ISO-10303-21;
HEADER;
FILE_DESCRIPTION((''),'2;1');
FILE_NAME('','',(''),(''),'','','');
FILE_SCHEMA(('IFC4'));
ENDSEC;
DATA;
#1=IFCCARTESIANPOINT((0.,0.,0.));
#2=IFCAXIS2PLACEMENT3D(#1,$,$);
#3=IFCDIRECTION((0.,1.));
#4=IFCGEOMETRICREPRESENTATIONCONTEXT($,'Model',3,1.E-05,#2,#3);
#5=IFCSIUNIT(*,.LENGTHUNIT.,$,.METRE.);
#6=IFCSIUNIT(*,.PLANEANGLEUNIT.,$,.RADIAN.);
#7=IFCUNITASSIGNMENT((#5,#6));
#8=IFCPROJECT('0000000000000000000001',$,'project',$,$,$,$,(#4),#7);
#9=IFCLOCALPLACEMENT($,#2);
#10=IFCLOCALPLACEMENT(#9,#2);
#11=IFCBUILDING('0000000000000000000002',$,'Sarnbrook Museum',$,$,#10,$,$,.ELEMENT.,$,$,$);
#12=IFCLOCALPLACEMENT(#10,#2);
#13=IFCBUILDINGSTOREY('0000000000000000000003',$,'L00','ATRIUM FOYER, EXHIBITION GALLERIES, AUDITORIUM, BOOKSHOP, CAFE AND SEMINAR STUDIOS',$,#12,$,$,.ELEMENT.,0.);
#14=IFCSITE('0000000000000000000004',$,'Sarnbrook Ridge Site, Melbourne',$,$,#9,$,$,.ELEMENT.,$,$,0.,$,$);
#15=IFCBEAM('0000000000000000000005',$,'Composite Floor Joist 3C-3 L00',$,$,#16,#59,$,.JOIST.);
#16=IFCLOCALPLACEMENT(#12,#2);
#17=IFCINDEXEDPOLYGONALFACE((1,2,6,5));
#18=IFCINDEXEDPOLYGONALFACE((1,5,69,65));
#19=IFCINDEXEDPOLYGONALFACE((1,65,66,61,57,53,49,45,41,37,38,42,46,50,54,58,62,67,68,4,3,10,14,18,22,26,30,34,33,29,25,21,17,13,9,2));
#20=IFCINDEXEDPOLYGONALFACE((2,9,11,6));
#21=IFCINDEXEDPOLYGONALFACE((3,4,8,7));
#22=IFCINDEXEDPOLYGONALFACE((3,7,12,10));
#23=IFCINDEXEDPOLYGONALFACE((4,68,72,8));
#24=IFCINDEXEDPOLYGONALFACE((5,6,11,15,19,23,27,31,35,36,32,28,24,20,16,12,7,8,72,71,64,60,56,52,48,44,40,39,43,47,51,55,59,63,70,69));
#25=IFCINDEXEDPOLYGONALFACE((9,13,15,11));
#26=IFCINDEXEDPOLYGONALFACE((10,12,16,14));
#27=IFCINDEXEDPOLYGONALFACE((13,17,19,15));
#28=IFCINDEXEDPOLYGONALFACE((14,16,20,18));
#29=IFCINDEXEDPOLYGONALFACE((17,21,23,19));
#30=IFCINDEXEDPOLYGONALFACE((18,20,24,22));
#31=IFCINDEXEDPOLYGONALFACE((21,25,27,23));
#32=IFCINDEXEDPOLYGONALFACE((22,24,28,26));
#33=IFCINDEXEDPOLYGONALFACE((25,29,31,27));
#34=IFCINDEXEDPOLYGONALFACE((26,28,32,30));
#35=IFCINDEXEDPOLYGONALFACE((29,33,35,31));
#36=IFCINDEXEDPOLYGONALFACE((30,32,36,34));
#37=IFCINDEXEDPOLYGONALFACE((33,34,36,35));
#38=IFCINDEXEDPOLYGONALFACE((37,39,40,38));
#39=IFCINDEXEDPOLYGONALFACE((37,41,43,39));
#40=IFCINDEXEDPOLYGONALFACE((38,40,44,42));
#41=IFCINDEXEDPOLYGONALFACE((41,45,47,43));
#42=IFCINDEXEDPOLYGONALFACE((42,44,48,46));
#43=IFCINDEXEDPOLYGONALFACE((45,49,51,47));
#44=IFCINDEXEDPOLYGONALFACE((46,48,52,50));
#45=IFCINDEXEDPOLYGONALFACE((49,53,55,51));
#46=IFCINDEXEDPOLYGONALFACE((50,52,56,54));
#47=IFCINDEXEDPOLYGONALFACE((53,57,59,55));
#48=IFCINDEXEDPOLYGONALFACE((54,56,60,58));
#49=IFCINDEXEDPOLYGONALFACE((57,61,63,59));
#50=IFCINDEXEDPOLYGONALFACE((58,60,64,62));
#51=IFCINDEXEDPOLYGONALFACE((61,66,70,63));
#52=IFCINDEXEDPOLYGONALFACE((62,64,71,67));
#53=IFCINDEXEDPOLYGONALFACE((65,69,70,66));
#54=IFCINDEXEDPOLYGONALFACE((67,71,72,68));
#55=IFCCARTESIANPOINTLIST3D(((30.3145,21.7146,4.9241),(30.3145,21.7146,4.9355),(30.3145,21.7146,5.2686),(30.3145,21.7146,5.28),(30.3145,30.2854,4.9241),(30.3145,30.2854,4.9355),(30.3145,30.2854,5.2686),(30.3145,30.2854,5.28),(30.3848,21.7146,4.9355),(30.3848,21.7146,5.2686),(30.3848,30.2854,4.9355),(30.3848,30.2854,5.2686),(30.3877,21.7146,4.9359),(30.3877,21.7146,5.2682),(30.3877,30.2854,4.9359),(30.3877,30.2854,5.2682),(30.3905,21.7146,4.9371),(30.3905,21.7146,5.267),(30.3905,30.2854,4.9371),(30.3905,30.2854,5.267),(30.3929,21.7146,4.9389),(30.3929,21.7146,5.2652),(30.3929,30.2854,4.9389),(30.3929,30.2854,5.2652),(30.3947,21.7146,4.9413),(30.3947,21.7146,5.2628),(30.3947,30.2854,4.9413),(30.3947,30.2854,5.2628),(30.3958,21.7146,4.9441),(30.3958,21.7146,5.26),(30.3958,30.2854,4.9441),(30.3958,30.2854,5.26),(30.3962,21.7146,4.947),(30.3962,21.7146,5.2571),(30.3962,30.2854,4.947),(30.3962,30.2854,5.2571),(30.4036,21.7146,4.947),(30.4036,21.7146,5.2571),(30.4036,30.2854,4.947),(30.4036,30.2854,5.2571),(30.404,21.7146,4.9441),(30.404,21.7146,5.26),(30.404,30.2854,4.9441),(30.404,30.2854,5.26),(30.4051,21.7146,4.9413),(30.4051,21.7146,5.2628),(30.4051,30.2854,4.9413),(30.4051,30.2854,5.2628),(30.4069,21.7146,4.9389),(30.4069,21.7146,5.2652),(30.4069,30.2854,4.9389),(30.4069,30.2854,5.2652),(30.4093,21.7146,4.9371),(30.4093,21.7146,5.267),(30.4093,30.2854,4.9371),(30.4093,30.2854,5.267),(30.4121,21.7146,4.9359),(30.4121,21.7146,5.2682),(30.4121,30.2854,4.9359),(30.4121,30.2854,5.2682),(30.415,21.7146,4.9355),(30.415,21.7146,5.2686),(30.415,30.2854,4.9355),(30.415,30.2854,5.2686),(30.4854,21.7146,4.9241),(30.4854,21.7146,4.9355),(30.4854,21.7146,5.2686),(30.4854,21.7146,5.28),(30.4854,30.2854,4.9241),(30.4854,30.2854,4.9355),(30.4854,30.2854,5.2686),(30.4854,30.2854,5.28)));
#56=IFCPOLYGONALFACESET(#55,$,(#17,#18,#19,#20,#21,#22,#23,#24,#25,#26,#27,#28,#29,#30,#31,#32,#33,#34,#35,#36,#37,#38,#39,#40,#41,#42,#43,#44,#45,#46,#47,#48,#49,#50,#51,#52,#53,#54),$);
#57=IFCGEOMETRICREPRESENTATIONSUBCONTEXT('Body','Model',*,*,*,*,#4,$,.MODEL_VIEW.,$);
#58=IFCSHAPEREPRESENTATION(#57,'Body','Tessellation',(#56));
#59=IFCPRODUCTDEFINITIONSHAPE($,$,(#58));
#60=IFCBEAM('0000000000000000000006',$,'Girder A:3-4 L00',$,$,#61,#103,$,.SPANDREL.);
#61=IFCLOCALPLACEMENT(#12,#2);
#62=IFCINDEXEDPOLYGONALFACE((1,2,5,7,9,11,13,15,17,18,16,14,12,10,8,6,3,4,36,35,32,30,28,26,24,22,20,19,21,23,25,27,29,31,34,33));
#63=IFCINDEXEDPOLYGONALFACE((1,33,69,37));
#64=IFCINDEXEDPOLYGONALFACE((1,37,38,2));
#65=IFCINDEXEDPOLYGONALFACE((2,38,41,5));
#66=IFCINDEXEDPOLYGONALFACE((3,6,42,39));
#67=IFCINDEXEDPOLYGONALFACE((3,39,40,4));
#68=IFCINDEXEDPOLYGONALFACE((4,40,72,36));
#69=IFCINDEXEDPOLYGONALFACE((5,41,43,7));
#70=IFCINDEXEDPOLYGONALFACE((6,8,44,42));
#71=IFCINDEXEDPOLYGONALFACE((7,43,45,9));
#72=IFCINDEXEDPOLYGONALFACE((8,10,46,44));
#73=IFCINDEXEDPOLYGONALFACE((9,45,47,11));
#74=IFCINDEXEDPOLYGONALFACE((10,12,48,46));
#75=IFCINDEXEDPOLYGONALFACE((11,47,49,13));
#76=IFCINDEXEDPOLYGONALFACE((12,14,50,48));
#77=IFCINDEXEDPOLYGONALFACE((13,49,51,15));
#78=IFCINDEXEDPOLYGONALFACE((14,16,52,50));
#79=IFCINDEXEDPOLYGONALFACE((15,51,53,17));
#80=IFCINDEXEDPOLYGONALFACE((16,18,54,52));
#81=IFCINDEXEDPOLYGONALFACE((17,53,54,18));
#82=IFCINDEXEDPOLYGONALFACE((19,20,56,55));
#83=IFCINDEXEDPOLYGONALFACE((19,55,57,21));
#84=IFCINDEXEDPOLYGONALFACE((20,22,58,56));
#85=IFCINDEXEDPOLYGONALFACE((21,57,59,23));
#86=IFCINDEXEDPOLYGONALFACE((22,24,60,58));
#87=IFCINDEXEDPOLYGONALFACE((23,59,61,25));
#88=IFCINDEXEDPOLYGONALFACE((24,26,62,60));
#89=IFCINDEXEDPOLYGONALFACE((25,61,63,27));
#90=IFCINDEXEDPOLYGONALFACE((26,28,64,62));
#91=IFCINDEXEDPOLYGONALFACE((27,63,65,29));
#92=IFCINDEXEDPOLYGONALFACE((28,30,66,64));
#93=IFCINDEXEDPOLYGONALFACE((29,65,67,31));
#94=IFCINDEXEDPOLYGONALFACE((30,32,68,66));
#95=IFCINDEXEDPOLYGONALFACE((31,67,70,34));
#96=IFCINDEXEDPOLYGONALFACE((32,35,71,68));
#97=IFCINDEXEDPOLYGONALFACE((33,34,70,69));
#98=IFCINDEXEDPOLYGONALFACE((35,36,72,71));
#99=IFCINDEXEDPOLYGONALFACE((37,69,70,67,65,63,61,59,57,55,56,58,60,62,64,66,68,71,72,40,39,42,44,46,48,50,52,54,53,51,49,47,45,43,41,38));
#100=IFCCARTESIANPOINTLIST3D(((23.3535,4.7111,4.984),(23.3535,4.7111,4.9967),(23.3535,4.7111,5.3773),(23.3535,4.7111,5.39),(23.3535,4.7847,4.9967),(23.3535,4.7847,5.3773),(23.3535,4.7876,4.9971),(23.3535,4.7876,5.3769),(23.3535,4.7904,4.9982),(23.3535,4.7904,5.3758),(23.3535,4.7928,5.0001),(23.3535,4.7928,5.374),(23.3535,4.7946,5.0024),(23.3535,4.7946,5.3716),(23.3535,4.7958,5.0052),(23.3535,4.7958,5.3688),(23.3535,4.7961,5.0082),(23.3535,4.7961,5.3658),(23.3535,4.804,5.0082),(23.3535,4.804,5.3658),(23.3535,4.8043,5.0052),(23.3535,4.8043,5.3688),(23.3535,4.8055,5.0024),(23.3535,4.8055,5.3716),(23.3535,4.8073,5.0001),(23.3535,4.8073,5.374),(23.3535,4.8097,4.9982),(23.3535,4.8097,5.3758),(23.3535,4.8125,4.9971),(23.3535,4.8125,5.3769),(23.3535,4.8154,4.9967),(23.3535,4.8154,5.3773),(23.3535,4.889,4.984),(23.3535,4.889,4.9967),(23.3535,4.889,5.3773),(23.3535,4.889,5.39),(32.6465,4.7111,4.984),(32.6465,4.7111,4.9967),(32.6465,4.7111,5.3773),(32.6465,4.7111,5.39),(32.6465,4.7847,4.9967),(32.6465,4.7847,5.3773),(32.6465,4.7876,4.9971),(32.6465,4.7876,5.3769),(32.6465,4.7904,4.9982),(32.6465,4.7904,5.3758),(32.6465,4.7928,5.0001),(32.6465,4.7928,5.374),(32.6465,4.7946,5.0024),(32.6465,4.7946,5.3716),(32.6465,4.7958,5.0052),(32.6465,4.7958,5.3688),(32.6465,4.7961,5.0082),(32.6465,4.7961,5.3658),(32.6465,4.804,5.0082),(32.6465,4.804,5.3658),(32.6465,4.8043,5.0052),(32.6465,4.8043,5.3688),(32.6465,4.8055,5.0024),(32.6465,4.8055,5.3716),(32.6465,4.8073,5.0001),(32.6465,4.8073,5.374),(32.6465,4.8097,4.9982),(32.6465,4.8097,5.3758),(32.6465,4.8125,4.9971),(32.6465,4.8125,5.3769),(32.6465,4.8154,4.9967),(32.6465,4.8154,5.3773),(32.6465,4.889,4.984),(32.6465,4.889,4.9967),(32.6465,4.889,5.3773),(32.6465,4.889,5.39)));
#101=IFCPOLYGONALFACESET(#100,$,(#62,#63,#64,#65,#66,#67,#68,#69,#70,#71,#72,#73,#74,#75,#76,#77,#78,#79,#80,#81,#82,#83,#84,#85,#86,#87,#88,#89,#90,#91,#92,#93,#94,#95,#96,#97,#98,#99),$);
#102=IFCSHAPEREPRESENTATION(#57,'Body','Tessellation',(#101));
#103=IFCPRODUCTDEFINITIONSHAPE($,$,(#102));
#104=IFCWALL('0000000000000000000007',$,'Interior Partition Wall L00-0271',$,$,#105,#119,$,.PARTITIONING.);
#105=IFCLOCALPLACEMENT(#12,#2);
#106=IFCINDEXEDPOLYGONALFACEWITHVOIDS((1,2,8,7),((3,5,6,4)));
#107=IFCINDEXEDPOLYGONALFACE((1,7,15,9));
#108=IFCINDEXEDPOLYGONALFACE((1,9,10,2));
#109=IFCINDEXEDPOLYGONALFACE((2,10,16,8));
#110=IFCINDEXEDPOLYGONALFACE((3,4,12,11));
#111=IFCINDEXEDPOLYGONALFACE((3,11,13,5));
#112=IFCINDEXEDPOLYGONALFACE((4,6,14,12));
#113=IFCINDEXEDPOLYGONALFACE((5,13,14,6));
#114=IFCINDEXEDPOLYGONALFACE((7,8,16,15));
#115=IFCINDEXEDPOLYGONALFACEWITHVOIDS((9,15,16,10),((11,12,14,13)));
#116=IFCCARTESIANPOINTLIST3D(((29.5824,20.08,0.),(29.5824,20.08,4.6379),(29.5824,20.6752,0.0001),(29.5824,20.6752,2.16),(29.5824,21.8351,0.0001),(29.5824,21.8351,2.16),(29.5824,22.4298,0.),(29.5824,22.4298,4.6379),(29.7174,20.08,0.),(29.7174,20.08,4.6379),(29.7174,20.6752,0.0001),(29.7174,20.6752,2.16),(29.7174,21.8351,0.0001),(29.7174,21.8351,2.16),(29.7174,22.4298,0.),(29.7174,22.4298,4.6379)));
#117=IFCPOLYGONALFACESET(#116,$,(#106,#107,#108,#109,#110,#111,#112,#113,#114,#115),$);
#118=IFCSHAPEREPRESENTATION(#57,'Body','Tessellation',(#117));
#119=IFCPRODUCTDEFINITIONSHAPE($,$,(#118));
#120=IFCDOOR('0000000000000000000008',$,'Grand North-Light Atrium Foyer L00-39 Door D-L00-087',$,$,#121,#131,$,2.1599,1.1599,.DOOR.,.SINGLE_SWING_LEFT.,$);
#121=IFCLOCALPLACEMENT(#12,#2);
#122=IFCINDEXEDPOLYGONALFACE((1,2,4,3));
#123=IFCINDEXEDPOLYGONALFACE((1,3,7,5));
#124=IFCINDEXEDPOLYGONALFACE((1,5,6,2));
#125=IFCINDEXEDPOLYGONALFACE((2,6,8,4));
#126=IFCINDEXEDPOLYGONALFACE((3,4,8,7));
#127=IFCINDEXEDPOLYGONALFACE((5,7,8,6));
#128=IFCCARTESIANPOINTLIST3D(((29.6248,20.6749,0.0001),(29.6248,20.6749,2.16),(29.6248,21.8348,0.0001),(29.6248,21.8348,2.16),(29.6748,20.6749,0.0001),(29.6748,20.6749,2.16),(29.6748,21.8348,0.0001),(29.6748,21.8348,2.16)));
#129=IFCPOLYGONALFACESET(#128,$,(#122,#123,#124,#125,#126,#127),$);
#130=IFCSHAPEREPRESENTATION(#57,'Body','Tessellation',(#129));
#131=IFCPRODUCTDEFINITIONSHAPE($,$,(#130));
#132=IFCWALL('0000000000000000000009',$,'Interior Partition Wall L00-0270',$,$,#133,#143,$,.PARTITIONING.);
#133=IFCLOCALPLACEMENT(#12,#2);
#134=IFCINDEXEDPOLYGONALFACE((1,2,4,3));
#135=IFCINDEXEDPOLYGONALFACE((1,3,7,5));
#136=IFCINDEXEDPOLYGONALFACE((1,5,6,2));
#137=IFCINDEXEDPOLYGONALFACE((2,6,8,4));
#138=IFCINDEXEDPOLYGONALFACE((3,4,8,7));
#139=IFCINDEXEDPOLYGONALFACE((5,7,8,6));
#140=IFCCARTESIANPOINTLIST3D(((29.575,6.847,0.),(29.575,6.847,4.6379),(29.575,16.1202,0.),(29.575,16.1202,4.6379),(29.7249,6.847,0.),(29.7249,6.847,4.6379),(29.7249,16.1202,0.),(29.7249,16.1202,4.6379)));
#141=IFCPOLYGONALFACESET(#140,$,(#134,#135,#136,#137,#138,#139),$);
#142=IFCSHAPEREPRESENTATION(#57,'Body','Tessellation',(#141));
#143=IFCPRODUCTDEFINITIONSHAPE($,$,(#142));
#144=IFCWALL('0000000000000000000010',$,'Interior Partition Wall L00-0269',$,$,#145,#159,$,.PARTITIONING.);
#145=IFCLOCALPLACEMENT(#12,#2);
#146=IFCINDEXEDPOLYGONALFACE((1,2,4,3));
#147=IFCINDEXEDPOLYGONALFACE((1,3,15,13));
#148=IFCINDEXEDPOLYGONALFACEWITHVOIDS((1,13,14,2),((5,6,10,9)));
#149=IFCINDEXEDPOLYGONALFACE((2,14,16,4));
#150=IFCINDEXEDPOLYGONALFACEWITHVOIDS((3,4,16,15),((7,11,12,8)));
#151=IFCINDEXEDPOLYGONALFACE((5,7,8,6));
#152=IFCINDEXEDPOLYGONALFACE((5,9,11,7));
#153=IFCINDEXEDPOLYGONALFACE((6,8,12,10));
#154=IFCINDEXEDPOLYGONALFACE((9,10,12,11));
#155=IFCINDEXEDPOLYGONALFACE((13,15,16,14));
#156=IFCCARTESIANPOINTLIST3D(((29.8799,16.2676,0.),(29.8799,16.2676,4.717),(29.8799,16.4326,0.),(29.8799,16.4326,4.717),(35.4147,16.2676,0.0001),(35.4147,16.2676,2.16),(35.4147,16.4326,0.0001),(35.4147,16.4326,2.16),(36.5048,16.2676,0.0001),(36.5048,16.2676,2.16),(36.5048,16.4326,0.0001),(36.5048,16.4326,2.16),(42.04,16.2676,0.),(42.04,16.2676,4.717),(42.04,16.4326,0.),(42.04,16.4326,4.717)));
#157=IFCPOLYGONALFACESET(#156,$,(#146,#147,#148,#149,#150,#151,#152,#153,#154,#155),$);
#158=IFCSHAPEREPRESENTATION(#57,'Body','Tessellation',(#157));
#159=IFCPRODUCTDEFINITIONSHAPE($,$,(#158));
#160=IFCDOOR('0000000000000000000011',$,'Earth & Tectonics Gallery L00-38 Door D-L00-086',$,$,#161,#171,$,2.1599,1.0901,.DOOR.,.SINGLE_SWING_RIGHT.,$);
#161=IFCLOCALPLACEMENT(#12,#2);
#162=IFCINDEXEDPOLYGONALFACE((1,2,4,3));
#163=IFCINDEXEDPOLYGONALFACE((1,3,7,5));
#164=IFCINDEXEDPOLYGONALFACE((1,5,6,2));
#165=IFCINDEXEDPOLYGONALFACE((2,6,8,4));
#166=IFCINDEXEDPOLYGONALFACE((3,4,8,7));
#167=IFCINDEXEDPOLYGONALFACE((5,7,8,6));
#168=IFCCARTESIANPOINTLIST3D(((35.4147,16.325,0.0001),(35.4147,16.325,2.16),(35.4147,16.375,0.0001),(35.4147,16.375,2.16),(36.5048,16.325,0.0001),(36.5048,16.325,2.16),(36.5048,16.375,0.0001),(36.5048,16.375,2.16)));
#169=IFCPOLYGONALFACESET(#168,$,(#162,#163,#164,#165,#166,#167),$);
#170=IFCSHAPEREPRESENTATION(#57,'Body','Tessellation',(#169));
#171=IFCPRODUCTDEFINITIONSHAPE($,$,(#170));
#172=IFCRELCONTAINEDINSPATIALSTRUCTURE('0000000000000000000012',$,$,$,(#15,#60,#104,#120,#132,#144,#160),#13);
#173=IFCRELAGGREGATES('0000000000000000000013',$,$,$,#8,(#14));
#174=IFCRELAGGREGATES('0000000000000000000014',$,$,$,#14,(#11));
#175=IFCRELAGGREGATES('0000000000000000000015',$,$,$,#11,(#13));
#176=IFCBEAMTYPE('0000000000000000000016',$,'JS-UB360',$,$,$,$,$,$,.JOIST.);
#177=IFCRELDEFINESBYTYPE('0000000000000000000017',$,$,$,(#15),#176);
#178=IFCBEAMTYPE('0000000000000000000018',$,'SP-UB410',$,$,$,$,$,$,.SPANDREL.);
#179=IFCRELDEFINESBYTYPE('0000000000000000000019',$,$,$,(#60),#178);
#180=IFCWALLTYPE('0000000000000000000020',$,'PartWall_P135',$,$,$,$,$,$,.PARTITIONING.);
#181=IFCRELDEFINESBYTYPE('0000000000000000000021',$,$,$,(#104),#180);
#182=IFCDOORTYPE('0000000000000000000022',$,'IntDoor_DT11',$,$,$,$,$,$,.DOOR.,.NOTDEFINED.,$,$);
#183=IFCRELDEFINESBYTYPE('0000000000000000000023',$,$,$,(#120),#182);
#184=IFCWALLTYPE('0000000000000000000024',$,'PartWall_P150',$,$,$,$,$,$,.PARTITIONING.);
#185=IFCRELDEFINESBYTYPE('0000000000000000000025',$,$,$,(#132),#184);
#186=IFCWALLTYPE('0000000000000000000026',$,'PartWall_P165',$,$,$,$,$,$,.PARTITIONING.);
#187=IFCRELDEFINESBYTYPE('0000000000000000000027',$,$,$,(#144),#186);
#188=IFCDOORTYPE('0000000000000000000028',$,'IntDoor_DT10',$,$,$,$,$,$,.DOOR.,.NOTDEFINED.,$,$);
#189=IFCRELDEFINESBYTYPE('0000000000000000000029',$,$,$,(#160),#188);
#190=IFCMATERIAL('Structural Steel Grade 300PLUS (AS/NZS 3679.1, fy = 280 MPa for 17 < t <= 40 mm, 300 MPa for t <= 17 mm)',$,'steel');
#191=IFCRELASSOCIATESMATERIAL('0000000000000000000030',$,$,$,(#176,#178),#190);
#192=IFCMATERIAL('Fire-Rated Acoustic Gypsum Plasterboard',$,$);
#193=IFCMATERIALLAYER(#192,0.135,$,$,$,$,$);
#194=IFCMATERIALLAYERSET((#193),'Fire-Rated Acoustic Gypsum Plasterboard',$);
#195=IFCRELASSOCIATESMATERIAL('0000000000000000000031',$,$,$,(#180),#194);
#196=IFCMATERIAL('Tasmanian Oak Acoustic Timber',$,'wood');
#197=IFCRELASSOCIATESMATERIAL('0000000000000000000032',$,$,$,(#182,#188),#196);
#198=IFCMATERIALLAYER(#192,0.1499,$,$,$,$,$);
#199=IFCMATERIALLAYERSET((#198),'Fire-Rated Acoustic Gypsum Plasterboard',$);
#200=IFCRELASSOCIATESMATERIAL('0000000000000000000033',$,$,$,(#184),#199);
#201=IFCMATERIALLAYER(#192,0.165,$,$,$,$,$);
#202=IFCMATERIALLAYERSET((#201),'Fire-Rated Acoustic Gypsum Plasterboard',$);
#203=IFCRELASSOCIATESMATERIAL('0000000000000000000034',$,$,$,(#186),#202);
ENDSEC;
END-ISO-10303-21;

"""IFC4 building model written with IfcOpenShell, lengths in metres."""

from ifc_helpers import new_model, si_unit, direction, frame, frame_2d, origin, origin_2d, place, context, subcontext, project, spatial, rectangle, i_section, extrude, material, layer, layer_set, material_profile, profile_set, type_object, element, fill, save


model = new_model("IFC4")

# Units and contexts
model_context = context("Model", 3, precision=1e-05, world=origin(), true_north=direction((0.0, 1.0)))
body_context = subcontext(model_context, "Body", "Model", "MODEL_VIEW")
ifc_project = project(units=[si_unit("LENGTHUNIT", "METRE"), si_unit("PLANEANGLEUNIT", "RADIAN")], contexts=[model_context])

# Site, building, storey
site_placement = place(None, origin())
site = spatial("IfcSite", under=ifc_project, at=site_placement, Name="Sarnbrook Ridge Site, Melbourne", CompositionType="ELEMENT", RefElevation=0.0)
building_placement = place(site_placement, origin())
building = spatial("IfcBuilding", under=site, at=building_placement, Name="Sarnbrook Museum", CompositionType="ELEMENT")
storey_placement = place(building_placement, origin())
storey = spatial("IfcBuildingStorey", under=building, at=storey_placement, Name="L00", Description="ATRIUM FOYER, EXHIBITION GALLERIES, AUDITORIUM, BOOKSHOP, CAFE AND SEMINAR STUDIOS", CompositionType="ELEMENT", Elevation=0.0)

# Shared definitions
ifc_material_1 = material(Name="Structural Steel Grade 300PLUS (AS/NZS 3679.1, fy = 280 MPa for 17 < t <= 40 mm, 300 MPa for t <= 17 mm)", Category="steel")

# Beams
ifc_material_profile_1 = material_profile(ifc_material_1, i_section(OverallWidth=0.1709, OverallDepth=0.356, WebThickness=0.0073, FlangeThickness=0.0115, FilletRadius=0.0115, at=origin_2d()), Name="360UB50.7")
ifc_profile_set_1 = profile_set([ifc_material_profile_1], Name="Structural Steel Grade 300PLUS (AS/NZS 3679.1, fy = 280 MPa for 17 < t <= 40 mm, 300 MPa for t <= 17 mm)")
beam_type_1 = type_object("IfcBeamType", Name="JS-UB360", PredefinedType="JOIST", material=ifc_profile_set_1)
for number, where, z_axis, x_axis, name in (
    (1, (30.3999, 21.7146, 5.1021), (0.0, 1.0, 0.0), (-1.0, 0.0, 0.0), "Composite Floor Joist 3C-3 L00"),
):
    element("IfcBeam", number, at=place(storey_placement, frame(where, z_axis=z_axis, x_axis=x_axis)), inside=storey, type_object=beam_type_1, Name=name, PredefinedType="JOIST", context=body_context, shape_type="SweptSolid", body=[
        extrude(i_section(OverallWidth=0.1709, OverallDepth=0.356, WebThickness=0.0073, FlangeThickness=0.0115, FilletRadius=0.0115, at=origin_2d()), origin(), (0.0, 0.0, 1.0), 8.5708),
    ])
ifc_material_profile_2 = material_profile(ifc_material_1, i_section(OverallWidth=0.178, OverallDepth=0.406, WebThickness=0.0078, FlangeThickness=0.0127, FilletRadius=0.0115, at=origin_2d()), Name="410UB59.7")
ifc_profile_set_2 = profile_set([ifc_material_profile_2], Name="Structural Steel Grade 300PLUS (AS/NZS 3679.1, fy = 280 MPa for 17 < t <= 40 mm, 300 MPa for t <= 17 mm)")
beam_type_2 = type_object("IfcBeamType", Name="SP-UB410", PredefinedType="SPANDREL", material=ifc_profile_set_2)
beam_1_placement = place(storey_placement, frame((23.3535, 4.8, 5.187), z_axis=(1.0, 0.0, 0.0), x_axis=(0.0, 1.0, 0.0)))
element("IfcBeam", 2, at=beam_1_placement, inside=storey, type_object=beam_type_2, Name="Girder A:3-4 L00", PredefinedType="SPANDREL", context=body_context, shape_type="SweptSolid", body=[
    extrude(i_section(OverallWidth=0.178, OverallDepth=0.406, WebThickness=0.0078, FlangeThickness=0.0127, FilletRadius=0.0115, at=origin_2d()), origin(), (0.0, 0.0, 1.0), 9.293),
])

# Wall, opening, door
ifc_material_2 = material(Name="Fire-Rated Acoustic Gypsum Plasterboard")
ifc_layer_1 = layer(ifc_material_2, 0.135)
ifc_layer_set_1 = layer_set([ifc_layer_1], Name="Fire-Rated Acoustic Gypsum Plasterboard")
wall_type_1 = type_object("IfcWallType", Name="PartWall_P135", PredefinedType="PARTITIONING", material=ifc_layer_set_1)
wall_1_placement = place(storey_placement, frame((29.6499, 20.0801, 0.0), z_axis=(0.0, 0.0, 1.0), x_axis=(0.0, 1.0, 0.0)))
wall_1 = element("IfcWall", 3, at=wall_1_placement, inside=storey, type_object=wall_type_1, Name="Interior Partition Wall L00-0271", PredefinedType="PARTITIONING", context=body_context, shape_type="SweptSolid", body=[
    extrude(rectangle(XDim=2.3499, YDim=0.135, at=frame_2d((1.1748, 0.0))), origin(), (0.0, 0.0, 1.0), 4.6379),
])
opening_1_placement = place(wall_1_placement, frame((0.595, 0.0, 0.0)))
opening_1 = element("IfcOpeningElement", 4, at=opening_1_placement, cuts=wall_1, PredefinedType="OPENING", context=body_context, shape_type="SweptSolid", body=[
    extrude(rectangle(XDim=1.1599, YDim=2.1599, at=frame_2d((0.5801, 1.0801))), frame((0.0, 0.0776, 0.0), z_axis=(0.0, -1.0, 0.0), x_axis=(1.0, 0.0, 0.0)), (0.0, 0.0, 1.0), 0.155),
])
ifc_material_3 = material(Name="Tasmanian Oak Acoustic Timber", Category="wood")
door_type_1 = type_object("IfcDoorType", Name="IntDoor_DT11", OperationType="NOTDEFINED", PredefinedType="DOOR", material=ifc_material_3)
door_1_placement = place(opening_1_placement, frame((1.1599, 0.0, 0.0), z_axis=(0.0, 0.0, 1.0), x_axis=(-1.0, 0.0, 0.0)))
door_1 = element("IfcDoor", 5, at=door_1_placement, inside=storey, type_object=door_type_1, Name="Grand North-Light Atrium Foyer L00-39 Door D-L00-087", OperationType="SINGLE_SWING_LEFT", OverallHeight=2.1599, OverallWidth=1.1599, PredefinedType="DOOR", context=body_context, shape_type="SweptSolid", body=[
    extrude(rectangle(XDim=1.1599, YDim=2.1599, at=frame_2d((0.5801, 1.0801))), frame((0.0, 0.0249, 0.0), z_axis=(0.0, -1.0, 0.0), x_axis=(1.0, 0.0, 0.0)), (0.0, 0.0, 1.0), 0.05),
])
fill(opening_1, door_1)

# Wall
ifc_layer_2 = layer(ifc_material_2, 0.1499)
ifc_layer_set_2 = layer_set([ifc_layer_2], Name="Fire-Rated Acoustic Gypsum Plasterboard")
wall_type_2 = type_object("IfcWallType", Name="PartWall_P150", PredefinedType="PARTITIONING", material=ifc_layer_set_2)
wall_2_placement = place(storey_placement, frame((29.6499, 6.8469, 0.0), z_axis=(0.0, 0.0, 1.0), x_axis=(0.0, 1.0, 0.0)))
element("IfcWall", 6, at=wall_2_placement, inside=storey, type_object=wall_type_2, Name="Interior Partition Wall L00-0270", PredefinedType="PARTITIONING", context=body_context, shape_type="SweptSolid", body=[
    extrude(rectangle(XDim=9.2732, YDim=0.1499, at=frame_2d((4.6367, 0.0))), origin(), (0.0, 0.0, 1.0), 4.6379),
])

# Wall, opening, door
ifc_layer_3 = layer(ifc_material_2, 0.165)
ifc_layer_set_3 = layer_set([ifc_layer_3], Name="Fire-Rated Acoustic Gypsum Plasterboard")
wall_type_3 = type_object("IfcWallType", Name="PartWall_P165", PredefinedType="PARTITIONING", material=ifc_layer_set_3)
wall_3_placement = place(storey_placement, frame((29.8799, 16.3501, 0.0), z_axis=(0.0, 0.0, 1.0), x_axis=(1.0, 0.0, 0.0)))
wall_3 = element("IfcWall", 7, at=wall_3_placement, inside=storey, type_object=wall_type_3, Name="Interior Partition Wall L00-0269", PredefinedType="PARTITIONING", context=body_context, shape_type="SweptSolid", body=[
    extrude(rectangle(XDim=12.1602, YDim=0.165, at=frame_2d((6.0801, 0.0))), origin(), (0.0, 0.0, 1.0), 4.717),
])
opening_2_placement = place(wall_3_placement, frame((5.5349, 0.0, 0.0)))
opening_2 = element("IfcOpeningElement", 8, at=opening_2_placement, cuts=wall_3, PredefinedType="OPENING", context=body_context, shape_type="SweptSolid", body=[
    extrude(rectangle(XDim=1.0901, YDim=2.1599, at=frame_2d((0.5449, 1.0801))), frame((0.0, 0.0925, 0.0), z_axis=(0.0, -1.0, 0.0), x_axis=(1.0, 0.0, 0.0)), (0.0, 0.0, 1.0), 0.1851),
])
door_type_2 = type_object("IfcDoorType", Name="IntDoor_DT10", OperationType="NOTDEFINED", PredefinedType="DOOR", material=ifc_material_3)
door_2_placement = place(opening_2_placement, origin())
door_2 = element("IfcDoor", 9, at=door_2_placement, inside=storey, type_object=door_type_2, Name="Earth & Tectonics Gallery L00-38 Door D-L00-086", OperationType="SINGLE_SWING_RIGHT", OverallHeight=2.1599, OverallWidth=1.0901, PredefinedType="DOOR", context=body_context, shape_type="SweptSolid", body=[
    extrude(rectangle(XDim=1.0901, YDim=2.1599, at=frame_2d((0.5449, 1.0801))), frame((0.0, 0.0249, 0.0), z_axis=(0.0, -1.0, 0.0), x_axis=(1.0, 0.0, 0.0)), (0.0, 0.0, 1.0), 0.05),
])
fill(opening_2, door_2)

save(model, "model.ifc")
